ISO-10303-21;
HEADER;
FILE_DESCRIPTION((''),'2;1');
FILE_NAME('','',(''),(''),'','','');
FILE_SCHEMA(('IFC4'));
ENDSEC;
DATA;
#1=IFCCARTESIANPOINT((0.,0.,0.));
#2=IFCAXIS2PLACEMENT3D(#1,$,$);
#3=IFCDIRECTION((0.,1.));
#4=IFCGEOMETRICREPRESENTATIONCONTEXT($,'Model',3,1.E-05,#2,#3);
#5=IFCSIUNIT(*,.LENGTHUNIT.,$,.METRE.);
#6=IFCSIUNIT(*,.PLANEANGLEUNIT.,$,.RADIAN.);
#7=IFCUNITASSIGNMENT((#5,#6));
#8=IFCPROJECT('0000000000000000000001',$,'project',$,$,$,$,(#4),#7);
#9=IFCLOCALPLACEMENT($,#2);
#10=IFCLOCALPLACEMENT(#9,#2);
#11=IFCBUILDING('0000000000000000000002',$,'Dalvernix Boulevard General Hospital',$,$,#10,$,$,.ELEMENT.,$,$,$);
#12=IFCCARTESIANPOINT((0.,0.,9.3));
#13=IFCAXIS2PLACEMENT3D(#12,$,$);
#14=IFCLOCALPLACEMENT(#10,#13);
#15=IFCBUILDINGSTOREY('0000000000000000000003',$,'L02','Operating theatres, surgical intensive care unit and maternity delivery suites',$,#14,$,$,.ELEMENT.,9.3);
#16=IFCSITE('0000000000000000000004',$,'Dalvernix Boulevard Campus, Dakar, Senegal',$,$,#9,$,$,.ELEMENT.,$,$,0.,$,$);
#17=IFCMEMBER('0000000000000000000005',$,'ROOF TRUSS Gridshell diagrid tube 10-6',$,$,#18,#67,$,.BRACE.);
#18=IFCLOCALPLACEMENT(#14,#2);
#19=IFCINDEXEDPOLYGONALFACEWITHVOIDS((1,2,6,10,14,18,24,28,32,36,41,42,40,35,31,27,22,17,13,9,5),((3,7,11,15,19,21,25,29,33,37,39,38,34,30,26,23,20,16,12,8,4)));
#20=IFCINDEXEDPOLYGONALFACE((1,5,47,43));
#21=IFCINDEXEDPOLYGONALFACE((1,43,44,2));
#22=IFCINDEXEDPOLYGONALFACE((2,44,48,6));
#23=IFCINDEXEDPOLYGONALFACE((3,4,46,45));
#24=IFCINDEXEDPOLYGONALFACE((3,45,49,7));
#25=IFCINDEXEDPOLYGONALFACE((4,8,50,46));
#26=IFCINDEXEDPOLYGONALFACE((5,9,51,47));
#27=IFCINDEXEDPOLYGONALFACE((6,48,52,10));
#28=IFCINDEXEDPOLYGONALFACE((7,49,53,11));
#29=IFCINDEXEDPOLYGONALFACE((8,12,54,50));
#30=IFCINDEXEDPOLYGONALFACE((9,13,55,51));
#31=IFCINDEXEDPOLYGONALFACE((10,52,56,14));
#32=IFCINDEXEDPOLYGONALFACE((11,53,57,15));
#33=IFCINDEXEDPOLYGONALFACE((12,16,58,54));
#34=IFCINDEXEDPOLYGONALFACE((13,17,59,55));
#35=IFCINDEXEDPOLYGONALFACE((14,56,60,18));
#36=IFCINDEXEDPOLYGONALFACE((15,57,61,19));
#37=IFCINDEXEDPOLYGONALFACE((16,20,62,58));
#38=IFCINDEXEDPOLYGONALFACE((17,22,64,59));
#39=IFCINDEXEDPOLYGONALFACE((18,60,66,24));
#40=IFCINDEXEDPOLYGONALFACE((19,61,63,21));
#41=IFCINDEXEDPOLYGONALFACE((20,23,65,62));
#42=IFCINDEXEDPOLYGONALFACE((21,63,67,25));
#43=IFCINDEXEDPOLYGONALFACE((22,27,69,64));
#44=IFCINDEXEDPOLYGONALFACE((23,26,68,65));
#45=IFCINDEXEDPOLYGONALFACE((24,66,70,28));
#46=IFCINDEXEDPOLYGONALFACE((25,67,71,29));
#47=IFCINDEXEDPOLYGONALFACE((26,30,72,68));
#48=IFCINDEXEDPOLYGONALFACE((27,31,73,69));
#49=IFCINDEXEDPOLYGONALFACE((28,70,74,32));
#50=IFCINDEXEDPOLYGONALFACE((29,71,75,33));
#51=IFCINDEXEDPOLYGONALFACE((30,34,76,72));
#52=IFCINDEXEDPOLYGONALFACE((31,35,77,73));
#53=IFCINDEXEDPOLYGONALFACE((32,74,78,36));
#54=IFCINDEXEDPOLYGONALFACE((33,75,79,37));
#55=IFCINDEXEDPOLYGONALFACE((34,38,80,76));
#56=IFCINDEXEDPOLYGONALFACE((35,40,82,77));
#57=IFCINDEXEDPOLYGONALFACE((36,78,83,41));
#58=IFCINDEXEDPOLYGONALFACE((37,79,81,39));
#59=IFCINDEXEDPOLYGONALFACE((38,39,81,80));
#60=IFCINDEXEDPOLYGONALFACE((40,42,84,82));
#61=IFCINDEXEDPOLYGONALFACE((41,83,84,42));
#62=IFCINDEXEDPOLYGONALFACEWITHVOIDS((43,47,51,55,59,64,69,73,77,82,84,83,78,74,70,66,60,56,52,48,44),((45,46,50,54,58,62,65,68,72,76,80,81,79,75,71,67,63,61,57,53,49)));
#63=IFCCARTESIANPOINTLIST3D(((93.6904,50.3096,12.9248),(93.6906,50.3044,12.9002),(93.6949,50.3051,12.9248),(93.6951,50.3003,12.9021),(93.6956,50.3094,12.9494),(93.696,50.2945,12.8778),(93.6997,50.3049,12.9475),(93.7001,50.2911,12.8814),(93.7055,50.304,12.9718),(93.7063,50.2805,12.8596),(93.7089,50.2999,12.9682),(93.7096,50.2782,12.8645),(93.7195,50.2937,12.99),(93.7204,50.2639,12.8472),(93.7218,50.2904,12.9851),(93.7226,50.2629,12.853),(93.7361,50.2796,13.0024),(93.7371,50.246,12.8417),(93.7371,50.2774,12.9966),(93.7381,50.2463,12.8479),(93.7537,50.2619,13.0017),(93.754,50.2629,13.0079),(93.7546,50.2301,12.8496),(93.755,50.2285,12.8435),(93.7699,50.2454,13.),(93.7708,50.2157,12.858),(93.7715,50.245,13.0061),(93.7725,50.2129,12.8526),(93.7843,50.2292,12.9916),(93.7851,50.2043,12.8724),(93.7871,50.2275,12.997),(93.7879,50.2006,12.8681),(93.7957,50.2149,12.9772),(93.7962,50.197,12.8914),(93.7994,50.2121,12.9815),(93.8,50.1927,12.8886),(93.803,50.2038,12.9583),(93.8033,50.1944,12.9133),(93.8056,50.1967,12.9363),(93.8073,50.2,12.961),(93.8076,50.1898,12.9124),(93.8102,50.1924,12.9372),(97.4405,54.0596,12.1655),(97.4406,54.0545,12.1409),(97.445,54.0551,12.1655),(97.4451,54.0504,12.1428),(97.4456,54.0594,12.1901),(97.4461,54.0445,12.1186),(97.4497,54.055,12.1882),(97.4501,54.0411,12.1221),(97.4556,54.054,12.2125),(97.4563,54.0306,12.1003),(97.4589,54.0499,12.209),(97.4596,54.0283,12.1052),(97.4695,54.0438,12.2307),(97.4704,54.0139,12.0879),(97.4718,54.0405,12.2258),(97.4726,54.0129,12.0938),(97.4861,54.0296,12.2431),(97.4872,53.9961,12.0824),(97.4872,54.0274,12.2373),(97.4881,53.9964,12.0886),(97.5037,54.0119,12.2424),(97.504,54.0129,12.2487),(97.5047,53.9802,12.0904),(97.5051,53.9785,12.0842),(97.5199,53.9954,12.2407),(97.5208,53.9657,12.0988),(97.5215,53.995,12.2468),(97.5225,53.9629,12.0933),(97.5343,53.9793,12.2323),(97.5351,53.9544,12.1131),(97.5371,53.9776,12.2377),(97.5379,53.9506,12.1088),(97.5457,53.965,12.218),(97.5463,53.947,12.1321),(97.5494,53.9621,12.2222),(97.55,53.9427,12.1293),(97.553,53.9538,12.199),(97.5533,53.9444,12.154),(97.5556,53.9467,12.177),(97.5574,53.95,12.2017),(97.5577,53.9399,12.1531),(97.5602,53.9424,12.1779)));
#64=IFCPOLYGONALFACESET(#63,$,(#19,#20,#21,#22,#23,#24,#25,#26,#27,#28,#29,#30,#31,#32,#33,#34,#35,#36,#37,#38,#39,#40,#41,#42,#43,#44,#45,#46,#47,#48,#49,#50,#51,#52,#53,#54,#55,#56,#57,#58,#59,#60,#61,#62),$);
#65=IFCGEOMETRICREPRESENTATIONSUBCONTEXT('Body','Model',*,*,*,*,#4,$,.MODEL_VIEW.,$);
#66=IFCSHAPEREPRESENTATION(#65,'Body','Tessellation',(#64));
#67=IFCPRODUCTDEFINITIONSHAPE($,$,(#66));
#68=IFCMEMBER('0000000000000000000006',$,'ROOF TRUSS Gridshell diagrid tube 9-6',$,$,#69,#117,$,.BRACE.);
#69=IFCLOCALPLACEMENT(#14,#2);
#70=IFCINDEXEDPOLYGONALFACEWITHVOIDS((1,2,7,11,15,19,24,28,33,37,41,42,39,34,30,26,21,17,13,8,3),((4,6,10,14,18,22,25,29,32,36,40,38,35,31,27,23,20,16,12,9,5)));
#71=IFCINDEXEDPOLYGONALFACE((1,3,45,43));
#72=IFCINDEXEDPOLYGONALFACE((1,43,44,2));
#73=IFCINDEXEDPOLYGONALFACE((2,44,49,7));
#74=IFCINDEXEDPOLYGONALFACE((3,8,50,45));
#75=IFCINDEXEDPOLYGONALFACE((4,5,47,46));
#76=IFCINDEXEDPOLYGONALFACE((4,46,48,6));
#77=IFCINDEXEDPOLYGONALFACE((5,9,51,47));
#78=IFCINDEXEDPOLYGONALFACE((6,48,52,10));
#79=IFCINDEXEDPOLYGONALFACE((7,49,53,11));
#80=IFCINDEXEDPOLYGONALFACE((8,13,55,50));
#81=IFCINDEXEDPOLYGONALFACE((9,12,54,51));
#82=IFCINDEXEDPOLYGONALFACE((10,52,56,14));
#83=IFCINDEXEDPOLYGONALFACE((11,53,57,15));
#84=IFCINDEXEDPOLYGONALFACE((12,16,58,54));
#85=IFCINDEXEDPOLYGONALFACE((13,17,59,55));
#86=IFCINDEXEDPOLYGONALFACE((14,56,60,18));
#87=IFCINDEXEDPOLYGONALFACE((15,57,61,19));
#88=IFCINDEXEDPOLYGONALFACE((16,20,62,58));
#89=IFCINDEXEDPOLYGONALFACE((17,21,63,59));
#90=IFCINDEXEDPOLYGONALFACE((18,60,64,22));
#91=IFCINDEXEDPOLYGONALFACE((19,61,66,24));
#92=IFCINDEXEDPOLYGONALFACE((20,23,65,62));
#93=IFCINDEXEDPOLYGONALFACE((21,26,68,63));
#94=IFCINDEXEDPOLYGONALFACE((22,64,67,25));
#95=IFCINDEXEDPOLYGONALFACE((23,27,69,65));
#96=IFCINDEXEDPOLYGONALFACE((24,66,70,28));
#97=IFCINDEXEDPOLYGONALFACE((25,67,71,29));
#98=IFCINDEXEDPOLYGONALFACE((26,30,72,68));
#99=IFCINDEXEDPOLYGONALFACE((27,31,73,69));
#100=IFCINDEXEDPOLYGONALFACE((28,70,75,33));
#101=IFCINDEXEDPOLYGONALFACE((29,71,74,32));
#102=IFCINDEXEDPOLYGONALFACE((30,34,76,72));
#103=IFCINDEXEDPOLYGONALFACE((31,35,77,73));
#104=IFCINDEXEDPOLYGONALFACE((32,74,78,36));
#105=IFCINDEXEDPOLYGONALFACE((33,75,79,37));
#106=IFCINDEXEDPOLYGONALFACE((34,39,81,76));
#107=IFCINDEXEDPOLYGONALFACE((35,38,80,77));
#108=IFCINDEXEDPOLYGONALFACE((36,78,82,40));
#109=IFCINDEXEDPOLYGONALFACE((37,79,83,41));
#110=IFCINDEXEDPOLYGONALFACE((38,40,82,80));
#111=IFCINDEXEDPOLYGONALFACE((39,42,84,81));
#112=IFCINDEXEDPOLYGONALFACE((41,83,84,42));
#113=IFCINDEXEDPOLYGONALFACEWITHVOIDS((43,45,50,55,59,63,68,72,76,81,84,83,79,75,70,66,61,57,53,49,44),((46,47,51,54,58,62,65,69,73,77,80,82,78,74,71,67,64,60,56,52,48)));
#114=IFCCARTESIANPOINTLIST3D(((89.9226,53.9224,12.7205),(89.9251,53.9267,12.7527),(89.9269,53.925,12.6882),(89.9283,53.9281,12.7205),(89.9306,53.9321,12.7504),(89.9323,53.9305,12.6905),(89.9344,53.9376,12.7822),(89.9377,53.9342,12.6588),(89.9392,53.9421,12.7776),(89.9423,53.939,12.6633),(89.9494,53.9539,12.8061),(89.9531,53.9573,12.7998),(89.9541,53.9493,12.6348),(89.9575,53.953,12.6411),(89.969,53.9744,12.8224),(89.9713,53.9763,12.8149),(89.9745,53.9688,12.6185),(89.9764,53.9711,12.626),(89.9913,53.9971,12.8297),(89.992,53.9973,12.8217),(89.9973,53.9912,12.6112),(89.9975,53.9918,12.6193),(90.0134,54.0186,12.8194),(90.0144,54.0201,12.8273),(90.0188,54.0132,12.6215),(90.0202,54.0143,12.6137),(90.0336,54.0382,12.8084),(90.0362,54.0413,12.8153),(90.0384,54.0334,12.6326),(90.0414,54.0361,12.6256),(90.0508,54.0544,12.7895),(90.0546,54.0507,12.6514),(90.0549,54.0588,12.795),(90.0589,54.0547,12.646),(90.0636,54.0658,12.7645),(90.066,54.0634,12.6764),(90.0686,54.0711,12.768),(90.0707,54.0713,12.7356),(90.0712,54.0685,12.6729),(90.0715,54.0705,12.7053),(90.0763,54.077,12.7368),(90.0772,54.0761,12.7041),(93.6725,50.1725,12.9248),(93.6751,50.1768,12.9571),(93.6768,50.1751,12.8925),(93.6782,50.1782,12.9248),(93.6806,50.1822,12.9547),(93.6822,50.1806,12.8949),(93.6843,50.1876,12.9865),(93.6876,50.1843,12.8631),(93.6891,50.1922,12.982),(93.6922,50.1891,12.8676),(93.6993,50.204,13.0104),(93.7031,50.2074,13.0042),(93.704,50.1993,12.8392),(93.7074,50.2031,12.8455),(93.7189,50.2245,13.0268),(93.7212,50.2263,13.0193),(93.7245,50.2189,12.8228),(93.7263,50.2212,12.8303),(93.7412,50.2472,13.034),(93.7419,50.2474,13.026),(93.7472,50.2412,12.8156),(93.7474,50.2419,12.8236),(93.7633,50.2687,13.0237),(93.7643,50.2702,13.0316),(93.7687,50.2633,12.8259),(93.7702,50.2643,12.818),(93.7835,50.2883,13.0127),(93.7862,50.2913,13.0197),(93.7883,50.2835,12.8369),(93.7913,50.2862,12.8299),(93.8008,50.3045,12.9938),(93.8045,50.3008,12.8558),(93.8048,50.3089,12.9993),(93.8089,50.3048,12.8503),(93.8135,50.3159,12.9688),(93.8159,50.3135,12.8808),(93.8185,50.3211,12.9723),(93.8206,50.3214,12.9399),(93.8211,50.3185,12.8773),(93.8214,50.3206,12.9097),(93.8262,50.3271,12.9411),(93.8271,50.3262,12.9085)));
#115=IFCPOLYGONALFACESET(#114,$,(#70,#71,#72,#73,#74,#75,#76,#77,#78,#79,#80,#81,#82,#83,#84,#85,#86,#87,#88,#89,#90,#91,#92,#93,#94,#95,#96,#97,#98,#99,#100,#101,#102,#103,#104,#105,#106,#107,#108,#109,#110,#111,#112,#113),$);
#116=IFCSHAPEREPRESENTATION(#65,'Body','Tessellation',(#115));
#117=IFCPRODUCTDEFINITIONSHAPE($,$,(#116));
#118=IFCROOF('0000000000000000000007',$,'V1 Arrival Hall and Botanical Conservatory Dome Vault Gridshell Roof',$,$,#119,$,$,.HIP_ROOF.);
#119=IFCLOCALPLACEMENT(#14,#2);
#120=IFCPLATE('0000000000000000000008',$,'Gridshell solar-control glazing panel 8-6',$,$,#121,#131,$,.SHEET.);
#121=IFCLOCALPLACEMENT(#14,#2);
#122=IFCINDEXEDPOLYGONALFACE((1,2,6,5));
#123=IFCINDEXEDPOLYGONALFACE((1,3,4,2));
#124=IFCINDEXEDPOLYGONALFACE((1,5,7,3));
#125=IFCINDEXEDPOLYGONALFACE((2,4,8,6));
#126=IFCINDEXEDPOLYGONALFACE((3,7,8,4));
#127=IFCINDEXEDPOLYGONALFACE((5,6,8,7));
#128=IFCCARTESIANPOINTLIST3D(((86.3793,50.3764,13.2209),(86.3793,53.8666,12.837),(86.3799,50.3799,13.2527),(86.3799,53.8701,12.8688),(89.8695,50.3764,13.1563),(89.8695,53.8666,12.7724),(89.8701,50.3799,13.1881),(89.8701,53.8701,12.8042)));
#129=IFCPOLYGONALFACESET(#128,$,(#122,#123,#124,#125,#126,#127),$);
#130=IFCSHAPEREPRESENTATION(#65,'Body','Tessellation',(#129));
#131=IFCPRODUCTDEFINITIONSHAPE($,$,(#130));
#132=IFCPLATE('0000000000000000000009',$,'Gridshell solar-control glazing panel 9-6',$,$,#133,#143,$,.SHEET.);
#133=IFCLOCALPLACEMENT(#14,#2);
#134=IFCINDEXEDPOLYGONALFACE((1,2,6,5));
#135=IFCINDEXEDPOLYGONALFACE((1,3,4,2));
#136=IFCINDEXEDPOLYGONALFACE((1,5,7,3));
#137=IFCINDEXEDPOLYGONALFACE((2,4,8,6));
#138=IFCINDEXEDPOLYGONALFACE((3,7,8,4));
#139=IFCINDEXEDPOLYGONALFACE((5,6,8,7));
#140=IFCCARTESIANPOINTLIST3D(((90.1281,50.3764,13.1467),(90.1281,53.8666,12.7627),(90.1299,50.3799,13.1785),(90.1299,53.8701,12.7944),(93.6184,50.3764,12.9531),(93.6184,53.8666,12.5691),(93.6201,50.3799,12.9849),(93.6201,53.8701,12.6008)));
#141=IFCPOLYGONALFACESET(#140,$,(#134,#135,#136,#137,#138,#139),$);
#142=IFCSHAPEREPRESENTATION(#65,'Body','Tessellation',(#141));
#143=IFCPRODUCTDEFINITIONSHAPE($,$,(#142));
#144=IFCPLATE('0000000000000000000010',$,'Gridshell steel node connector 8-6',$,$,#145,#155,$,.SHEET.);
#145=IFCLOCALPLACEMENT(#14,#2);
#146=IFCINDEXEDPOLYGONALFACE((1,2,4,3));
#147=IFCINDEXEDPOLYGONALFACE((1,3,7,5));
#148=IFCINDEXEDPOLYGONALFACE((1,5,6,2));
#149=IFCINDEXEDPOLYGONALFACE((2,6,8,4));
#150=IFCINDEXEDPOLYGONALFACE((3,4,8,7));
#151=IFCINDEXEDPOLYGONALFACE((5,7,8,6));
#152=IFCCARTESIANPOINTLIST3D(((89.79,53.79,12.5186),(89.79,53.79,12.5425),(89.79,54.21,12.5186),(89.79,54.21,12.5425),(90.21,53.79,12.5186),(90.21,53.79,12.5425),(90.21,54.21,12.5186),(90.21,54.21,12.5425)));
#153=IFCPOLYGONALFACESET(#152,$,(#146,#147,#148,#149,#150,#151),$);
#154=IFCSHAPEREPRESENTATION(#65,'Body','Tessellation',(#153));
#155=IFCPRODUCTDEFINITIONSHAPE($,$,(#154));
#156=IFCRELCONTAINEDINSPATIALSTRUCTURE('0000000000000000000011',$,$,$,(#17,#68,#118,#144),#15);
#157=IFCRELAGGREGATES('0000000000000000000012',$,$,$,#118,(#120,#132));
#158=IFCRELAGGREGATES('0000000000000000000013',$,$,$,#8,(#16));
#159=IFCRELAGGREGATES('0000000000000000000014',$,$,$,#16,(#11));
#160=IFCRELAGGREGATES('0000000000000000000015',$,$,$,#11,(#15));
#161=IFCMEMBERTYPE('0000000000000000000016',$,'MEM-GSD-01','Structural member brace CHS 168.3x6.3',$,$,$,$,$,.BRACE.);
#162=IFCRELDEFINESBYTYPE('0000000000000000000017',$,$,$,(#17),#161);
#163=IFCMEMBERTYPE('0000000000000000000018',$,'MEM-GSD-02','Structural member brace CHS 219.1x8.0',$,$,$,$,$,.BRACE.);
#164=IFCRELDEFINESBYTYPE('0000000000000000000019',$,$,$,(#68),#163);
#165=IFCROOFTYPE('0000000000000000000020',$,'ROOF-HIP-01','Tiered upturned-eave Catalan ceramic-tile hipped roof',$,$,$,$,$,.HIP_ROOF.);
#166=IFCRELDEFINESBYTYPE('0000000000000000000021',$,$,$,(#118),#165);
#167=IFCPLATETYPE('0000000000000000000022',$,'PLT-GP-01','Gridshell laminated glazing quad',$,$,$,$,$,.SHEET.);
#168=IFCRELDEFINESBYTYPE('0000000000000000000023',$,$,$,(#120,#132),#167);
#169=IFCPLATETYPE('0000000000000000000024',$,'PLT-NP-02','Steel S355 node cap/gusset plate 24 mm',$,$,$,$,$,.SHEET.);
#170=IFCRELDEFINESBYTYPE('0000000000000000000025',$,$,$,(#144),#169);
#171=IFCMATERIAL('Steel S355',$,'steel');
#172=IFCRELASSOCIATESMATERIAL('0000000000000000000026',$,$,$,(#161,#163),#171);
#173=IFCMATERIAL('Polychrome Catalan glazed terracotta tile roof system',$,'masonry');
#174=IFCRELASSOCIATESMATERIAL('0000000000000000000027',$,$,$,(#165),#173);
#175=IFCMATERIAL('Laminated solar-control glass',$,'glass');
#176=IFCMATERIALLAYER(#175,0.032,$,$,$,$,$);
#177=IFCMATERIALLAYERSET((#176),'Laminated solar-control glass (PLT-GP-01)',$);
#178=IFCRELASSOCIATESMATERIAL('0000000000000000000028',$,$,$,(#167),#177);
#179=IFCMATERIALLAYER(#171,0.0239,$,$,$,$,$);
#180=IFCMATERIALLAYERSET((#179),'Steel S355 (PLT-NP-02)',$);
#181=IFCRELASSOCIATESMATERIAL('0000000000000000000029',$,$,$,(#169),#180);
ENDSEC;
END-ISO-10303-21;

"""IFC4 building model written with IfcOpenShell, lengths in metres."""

from ifc_helpers import new_model, si_unit, direction, frame, origin, origin_2d, place, context, subcontext, project, spatial, polyline, rectangle, hollow_circle, outline, extrude, material, layer, layer_set, material_profile, profile_set, type_object, element, aggregate, save


model = new_model("IFC4")

# Units and contexts
model_context = context("Model", 3, precision=1e-05, world=origin(), true_north=direction((0.0, 1.0)))
body_context = subcontext(model_context, "Body", "Model", "MODEL_VIEW")
ifc_project = project(units=[si_unit("LENGTHUNIT", "METRE"), si_unit("PLANEANGLEUNIT", "RADIAN")], contexts=[model_context])

# Site, building, storey
site_placement = place(None, origin())
site = spatial("IfcSite", under=ifc_project, at=site_placement, Name="Dalvernix Boulevard Campus, Dakar, Senegal", CompositionType="ELEMENT", RefElevation=0.0)
building_placement = place(site_placement, origin())
building = spatial("IfcBuilding", under=site, at=building_placement, Name="Dalvernix Boulevard General Hospital", CompositionType="ELEMENT")
storey_placement = place(building_placement, frame((0.0, 0.0, 9.3)))
storey = spatial("IfcBuildingStorey", under=building, at=storey_placement, Name="L02", Description="Operating theatres, surgical intensive care unit and maternity delivery suites", CompositionType="ELEMENT", Elevation=9.3)

# Shared definitions
ifc_material_1 = material(Name="Steel S355", Category="steel")

# Members
ifc_material_profile_1 = material_profile(ifc_material_1, hollow_circle(Radius=0.0842, WallThickness=0.0063, at=origin_2d()), Name="CHS 168.3x6.3")
ifc_profile_set_1 = profile_set([ifc_material_profile_1], Name="Steel S355")
member_type_1 = type_object("IfcMemberType", Name="MEM-GSD-01", Description="Structural member brace CHS 168.3x6.3", PredefinedType="BRACE", material=ifc_profile_set_1)
member_1_placement = place(storey_placement, frame((93.75, 50.25, 12.9248), z_axis=(0.699969, 0.699969, -0.141726), x_axis=(-0.707107, 0.707107, 0.0)))
element("IfcMember", 1, at=member_1_placement, inside=storey, type_object=member_type_1, Name="ROOF TRUSS Gridshell diagrid tube 10-6", PredefinedType="BRACE", context=body_context, shape_type="SweptSolid", body=[
    extrude(hollow_circle(Radius=0.0842, WallThickness=0.0063, at=origin_2d()), origin(), (0.0, 0.0, 1.0), 5.3574),
])
ifc_material_profile_2 = material_profile(ifc_material_1, hollow_circle(Radius=0.1096, WallThickness=0.0081, at=origin_2d()), Name="CHS 219.1x8.0")
ifc_profile_set_2 = profile_set([ifc_material_profile_2], Name="Steel S355")
member_type_2 = type_object("IfcMemberType", Name="MEM-GSD-02", Description="Structural member brace CHS 219.1x8.0", PredefinedType="BRACE", material=ifc_profile_set_2)
member_2_placement = place(storey_placement, frame((93.75, 50.25, 12.9248), z_axis=(-0.706582, 0.706582, -0.038503), x_axis=(-0.707107, -0.707107, 0.0)))
element("IfcMember", 2, at=member_2_placement, inside=storey, type_object=member_type_2, Name="ROOF TRUSS Gridshell diagrid tube 9-6", PredefinedType="BRACE", context=body_context, shape_type="SweptSolid", body=[
    extrude(hollow_circle(Radius=0.1096, WallThickness=0.0081, at=origin_2d()), origin(), (0.0, 0.0, 1.0), 5.3071),
])

# Roof, plates
ifc_material_2 = material(Name="Polychrome Catalan glazed terracotta tile roof system", Category="masonry")
roof_type = type_object("IfcRoofType", Name="ROOF-HIP-01", Description="Tiered upturned-eave Catalan ceramic-tile hipped roof", PredefinedType="HIP_ROOF", material=ifc_material_2)
roof_placement = place(storey_placement, origin())
roof = element("IfcRoof", 3, at=roof_placement, inside=storey, type_object=roof_type, Name="V1 Arrival Hall and Botanical Conservatory Dome Vault Gridshell Roof", PredefinedType="HIP_ROOF")
ifc_material_3 = material(Name="Laminated solar-control glass", Category="glass")
ifc_layer_1 = layer(ifc_material_3, 0.032)
ifc_layer_set_1 = layer_set([ifc_layer_1], Name="Laminated solar-control glass (PLT-GP-01)")
plate_type_1 = type_object("IfcPlateType", Name="PLT-GP-01", Description="Gridshell laminated glazing quad", PredefinedType="SHEET", material=ifc_layer_set_1)
plate_1_placement = place(storey_placement, frame((86.3799, 50.3799, 13.2527), z_axis=(0.018388, 0.109318, 0.993837), x_axis=(0.999829, 0.000004, -0.018499)))
plate_1 = element("IfcPlate", 4, at=plate_1_placement, type_object=plate_type_1, Name="Gridshell solar-control glazing panel 8-6", PredefinedType="SHEET", context=body_context, shape_type="SweptSolid", body=[
    extrude(outline(polyline([(0.0, 0.0), (3.4908, 0.0), (3.4979, 3.5113), (0.0071, 3.5113), (0.0, 0.0)])), origin(), (0.0, 0.0, -1.0), 0.032),
])
plate_2_placement = place(storey_placement, frame((90.1299, 50.3799, 13.1785), z_axis=(0.055054, 0.109205, 0.992494), x_axis=(0.998465, 0.0, -0.055385)))
plate_2 = element("IfcPlate", 5, at=plate_2_placement, type_object=plate_type_1, Name="Gridshell solar-control glazing panel 9-6", PredefinedType="SHEET", context=body_context, shape_type="SweptSolid", body=[
    extrude(outline(polyline([(0.0, 0.0), (3.4956, 0.0), (3.5169, 3.5112), (0.0213, 3.5112), (0.0, 0.0)])), origin(), (0.0, 0.0, -1.0), 0.032),
])
aggregate(roof, [plate_1, plate_2])

# Plate
ifc_layer_2 = layer(ifc_material_1, 0.0239)
ifc_layer_set_2 = layer_set([ifc_layer_2], Name="Steel S355 (PLT-NP-02)")
plate_type_2 = type_object("IfcPlateType", Name="PLT-NP-02", Description="Steel S355 node cap/gusset plate 24 mm", PredefinedType="SHEET", material=ifc_layer_set_2)
plate_3_placement = place(storey_placement, frame((90.0, 54.0, 12.5186), z_axis=(0.0, 0.0, 1.0), x_axis=(1.0, 0.0, 0.0)))
element("IfcPlate", 6, at=plate_3_placement, inside=storey, type_object=plate_type_2, Name="Gridshell steel node connector 8-6", PredefinedType="SHEET", context=body_context, shape_type="SweptSolid", body=[
    extrude(rectangle(XDim=0.4199, YDim=0.4199, at=origin_2d()), origin(), (0.0, 0.0, 1.0), 0.0239),
])

save(model, "model.ifc")
